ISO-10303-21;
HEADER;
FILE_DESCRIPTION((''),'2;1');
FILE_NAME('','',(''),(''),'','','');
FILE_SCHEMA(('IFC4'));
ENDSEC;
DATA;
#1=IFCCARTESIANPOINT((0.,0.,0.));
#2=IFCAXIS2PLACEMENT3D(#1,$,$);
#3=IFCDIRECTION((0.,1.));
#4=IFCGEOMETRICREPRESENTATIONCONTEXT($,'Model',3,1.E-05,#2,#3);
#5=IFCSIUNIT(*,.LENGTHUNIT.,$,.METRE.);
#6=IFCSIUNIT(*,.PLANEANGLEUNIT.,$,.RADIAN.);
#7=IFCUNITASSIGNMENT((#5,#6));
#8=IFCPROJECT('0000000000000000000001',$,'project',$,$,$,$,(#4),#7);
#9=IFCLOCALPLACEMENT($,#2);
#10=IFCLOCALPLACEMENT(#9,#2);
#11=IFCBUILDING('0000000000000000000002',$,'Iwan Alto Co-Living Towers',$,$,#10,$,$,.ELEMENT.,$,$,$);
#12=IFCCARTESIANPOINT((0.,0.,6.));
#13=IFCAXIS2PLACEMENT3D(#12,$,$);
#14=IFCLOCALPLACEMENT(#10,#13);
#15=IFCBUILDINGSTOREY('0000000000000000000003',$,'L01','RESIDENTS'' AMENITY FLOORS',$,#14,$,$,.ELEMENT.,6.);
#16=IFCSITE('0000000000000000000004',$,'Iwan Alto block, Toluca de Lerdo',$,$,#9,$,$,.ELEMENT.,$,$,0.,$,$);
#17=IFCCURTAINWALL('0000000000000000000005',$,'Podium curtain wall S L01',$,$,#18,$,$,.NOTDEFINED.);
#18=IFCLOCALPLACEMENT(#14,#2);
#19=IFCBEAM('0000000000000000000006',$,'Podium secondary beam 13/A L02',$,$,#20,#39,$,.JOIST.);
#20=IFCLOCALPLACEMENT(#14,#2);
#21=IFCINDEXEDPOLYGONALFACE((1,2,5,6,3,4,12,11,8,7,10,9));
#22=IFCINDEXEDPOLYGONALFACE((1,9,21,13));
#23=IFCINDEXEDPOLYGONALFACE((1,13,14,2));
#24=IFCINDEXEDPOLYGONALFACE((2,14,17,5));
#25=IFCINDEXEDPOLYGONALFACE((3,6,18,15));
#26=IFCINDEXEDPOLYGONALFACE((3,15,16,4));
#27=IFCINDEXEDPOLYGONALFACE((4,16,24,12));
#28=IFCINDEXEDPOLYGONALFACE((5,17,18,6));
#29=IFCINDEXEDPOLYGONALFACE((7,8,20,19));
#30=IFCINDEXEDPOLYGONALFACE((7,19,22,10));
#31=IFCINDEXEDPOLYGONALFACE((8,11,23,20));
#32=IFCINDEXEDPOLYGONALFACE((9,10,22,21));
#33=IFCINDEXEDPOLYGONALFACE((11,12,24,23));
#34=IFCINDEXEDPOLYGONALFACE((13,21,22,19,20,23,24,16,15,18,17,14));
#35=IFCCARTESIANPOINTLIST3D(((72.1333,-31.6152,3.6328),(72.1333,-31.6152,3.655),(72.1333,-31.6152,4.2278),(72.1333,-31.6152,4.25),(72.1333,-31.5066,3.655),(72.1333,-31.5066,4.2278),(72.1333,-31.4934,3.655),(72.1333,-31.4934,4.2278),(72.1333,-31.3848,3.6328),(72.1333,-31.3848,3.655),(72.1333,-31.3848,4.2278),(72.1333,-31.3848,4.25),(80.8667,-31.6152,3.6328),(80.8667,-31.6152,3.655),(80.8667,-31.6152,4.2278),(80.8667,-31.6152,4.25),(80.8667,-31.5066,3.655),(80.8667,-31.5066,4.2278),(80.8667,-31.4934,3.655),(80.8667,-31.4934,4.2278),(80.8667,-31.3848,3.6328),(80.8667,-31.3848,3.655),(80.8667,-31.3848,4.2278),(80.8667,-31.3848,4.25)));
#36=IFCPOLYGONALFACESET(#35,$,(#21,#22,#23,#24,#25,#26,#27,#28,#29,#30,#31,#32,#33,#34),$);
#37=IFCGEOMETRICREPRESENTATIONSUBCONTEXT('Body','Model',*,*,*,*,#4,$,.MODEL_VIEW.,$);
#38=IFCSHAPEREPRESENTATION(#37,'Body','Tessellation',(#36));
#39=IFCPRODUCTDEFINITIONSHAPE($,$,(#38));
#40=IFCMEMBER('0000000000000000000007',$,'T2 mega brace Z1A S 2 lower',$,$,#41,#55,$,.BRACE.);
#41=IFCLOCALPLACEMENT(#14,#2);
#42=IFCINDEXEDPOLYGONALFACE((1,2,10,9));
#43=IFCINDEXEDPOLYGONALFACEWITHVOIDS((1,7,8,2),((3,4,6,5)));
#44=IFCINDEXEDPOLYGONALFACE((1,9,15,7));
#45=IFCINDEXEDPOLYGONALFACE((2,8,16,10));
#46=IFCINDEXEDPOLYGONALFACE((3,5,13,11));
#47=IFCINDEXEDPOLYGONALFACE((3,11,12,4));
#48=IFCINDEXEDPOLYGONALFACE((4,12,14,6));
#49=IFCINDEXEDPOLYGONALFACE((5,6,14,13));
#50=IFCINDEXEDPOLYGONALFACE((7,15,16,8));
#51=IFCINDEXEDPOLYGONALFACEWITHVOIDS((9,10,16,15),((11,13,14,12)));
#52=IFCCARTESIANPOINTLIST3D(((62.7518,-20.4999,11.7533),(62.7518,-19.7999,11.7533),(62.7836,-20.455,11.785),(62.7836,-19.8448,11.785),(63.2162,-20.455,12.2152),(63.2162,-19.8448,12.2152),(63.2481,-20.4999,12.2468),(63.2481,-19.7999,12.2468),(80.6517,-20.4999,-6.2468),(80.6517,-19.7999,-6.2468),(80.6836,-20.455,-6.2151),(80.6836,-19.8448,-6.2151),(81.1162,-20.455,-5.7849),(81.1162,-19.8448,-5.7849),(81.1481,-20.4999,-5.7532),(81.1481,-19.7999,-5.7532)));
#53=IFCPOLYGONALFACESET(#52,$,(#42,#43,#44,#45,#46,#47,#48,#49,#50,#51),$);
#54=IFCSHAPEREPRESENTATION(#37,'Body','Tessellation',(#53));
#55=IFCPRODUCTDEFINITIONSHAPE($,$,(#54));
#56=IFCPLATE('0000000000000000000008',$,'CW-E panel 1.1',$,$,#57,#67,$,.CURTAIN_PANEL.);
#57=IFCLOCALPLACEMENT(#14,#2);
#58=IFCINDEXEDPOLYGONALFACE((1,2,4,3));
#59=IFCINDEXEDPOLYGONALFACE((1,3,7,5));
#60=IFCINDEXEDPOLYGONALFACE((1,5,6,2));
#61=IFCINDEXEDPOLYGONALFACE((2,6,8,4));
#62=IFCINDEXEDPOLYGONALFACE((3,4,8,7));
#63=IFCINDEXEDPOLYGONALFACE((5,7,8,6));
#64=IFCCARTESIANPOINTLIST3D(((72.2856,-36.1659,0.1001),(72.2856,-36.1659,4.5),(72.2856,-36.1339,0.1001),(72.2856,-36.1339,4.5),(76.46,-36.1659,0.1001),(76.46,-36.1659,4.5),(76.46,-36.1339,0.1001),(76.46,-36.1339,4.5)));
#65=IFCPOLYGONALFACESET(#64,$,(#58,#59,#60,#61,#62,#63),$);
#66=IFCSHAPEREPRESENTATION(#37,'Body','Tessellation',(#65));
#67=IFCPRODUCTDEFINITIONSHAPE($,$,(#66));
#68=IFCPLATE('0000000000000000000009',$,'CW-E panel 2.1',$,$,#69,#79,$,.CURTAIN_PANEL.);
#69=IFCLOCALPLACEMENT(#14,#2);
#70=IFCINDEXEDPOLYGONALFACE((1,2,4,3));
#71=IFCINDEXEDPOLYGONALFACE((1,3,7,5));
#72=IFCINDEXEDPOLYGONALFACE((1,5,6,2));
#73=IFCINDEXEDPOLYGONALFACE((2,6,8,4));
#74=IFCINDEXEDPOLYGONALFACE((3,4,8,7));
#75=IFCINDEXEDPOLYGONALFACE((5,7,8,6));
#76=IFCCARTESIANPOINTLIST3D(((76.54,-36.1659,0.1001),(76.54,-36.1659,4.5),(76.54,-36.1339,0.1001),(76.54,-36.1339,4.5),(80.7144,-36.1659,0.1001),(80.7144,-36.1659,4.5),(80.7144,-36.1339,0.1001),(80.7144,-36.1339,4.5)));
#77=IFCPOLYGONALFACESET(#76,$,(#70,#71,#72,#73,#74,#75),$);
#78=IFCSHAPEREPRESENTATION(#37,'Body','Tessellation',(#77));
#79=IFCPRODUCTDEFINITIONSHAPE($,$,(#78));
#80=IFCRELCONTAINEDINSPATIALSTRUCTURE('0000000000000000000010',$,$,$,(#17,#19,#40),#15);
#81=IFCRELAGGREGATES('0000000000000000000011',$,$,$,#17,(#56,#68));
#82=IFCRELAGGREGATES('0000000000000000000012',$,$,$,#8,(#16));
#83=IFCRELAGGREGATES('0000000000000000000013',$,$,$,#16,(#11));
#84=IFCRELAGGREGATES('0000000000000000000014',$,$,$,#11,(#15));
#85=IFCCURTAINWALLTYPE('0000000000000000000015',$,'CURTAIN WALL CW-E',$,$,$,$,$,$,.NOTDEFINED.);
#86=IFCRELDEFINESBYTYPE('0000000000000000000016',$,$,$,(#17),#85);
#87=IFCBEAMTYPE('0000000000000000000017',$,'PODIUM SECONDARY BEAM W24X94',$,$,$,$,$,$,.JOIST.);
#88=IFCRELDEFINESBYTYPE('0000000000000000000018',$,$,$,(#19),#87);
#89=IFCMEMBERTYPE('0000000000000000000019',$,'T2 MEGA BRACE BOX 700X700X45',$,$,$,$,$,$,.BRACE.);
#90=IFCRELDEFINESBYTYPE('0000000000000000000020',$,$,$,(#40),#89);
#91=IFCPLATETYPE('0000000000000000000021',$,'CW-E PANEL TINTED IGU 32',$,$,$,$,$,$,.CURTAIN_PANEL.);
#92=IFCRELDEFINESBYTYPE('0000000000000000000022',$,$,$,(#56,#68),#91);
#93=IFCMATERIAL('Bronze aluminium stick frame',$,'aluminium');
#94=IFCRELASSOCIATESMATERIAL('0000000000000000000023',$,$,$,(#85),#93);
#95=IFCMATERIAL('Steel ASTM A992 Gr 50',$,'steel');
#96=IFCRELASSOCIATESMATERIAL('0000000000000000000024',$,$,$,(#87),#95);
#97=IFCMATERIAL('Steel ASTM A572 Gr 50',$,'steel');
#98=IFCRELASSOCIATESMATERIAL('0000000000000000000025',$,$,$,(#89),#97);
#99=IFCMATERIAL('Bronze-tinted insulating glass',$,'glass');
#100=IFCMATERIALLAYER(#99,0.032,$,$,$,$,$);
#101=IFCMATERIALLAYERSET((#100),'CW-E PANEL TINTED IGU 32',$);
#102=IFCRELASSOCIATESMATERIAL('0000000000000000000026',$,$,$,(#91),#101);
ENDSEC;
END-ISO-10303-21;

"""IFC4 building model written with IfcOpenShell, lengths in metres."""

from ifc_helpers import new_model, si_unit, direction, frame, origin, origin_2d, place, context, subcontext, project, spatial, rectangle, hollow_rectangle, i_section, extrude, material, layer, layer_set, material_profile, profile_set, type_object, element, aggregate, save


model = new_model("IFC4")

# Units and contexts
model_context = context("Model", 3, precision=1e-05, world=origin(), true_north=direction((0.0, 1.0)))
body_context = subcontext(model_context, "Body", "Model", "MODEL_VIEW")
ifc_project = project(units=[si_unit("LENGTHUNIT", "METRE"), si_unit("PLANEANGLEUNIT", "RADIAN")], contexts=[model_context])

# Site, building, storey
site_placement = place(None, origin())
site = spatial("IfcSite", under=ifc_project, at=site_placement, Name="Iwan Alto block, Toluca de Lerdo", CompositionType="ELEMENT", RefElevation=0.0)
building_placement = place(site_placement, origin())
building = spatial("IfcBuilding", under=site, at=building_placement, Name="Iwan Alto Co-Living Towers", CompositionType="ELEMENT")
storey_placement = place(building_placement, frame((0.0, 0.0, 6.0)))
storey = spatial("IfcBuildingStorey", under=building, at=storey_placement, Name="L01", Description="RESIDENTS' AMENITY FLOORS", CompositionType="ELEMENT", Elevation=6.0)

# Curtain wall
ifc_material_1 = material(Name="Bronze aluminium stick frame", Category="aluminium")
curtain_wall_type = type_object("IfcCurtainWallType", Name="CURTAIN WALL CW-E", PredefinedType="NOTDEFINED", material=ifc_material_1)
curtain_wall_placement = place(storey_placement, origin())
curtain_wall = element("IfcCurtainWall", 1, at=curtain_wall_placement, inside=storey, type_object=curtain_wall_type, Name="Podium curtain wall S L01", PredefinedType="NOTDEFINED")

# Beam
ifc_material_2 = material(Name="Steel ASTM A992 Gr 50", Category="steel")
ifc_material_profile_1 = material_profile(ifc_material_2, i_section(OverallWidth=0.2305, OverallDepth=0.6172, WebThickness=0.0132, FlangeThickness=0.0222, at=origin_2d()), Name="W24X94")
ifc_profile_set_1 = profile_set([ifc_material_profile_1], Name="Steel ASTM A992 Gr 50")
beam_type_1 = type_object("IfcBeamType", Name="PODIUM SECONDARY BEAM W24X94", PredefinedType="JOIST", material=ifc_profile_set_1)
beam_placement = place(storey_placement, frame((72.1333, -31.5, 3.9414), z_axis=(1.0, 0.0, 0.0), x_axis=(0.0, 1.0, 0.0)))
element("IfcBeam", 2, at=beam_placement, inside=storey, type_object=beam_type_1, Name="Podium secondary beam 13/A L02", PredefinedType="JOIST", context=body_context, shape_type="SweptSolid", body=[
    extrude(i_section(OverallWidth=0.2305, OverallDepth=0.6172, WebThickness=0.0132, FlangeThickness=0.0222, at=origin_2d()), origin(), (0.0, 0.0, 1.0), 8.7334),
])

# Member
ifc_material_3 = material(Name="Steel ASTM A572 Gr 50", Category="steel")
ifc_material_profile_2 = material_profile(ifc_material_3, hollow_rectangle(XDim=0.7, YDim=0.7, WallThickness=0.0449, at=origin_2d()), Name="BOX 700X700X45")
ifc_profile_set_2 = profile_set([ifc_material_profile_2], Name="Steel ASTM A572 Gr 50")
member_type_1 = type_object("IfcMemberType", Name="T2 MEGA BRACE BOX 700X700X45", PredefinedType="BRACE", material=ifc_profile_set_2)
member_1_placement = place(storey_placement, frame((80.8999, -20.1499, -6.0), z_axis=(-0.705132, 0.0, 0.709076), x_axis=(0.0, -1.0, 0.0)))
element("IfcMember", 3, at=member_1_placement, inside=storey, type_object=member_type_1, Name="T2 mega brace Z1A S 2 lower", PredefinedType="BRACE", context=body_context, shape_type="SweptSolid", body=[
    extrude(hollow_rectangle(XDim=0.7, YDim=0.7, WallThickness=0.0449, at=origin_2d()), origin(), (0.0, 0.0, 1.0), 25.3853),
])

# Plates
ifc_material_4 = material(Name="Bronze-tinted insulating glass", Category="glass")
ifc_layer = layer(ifc_material_4, 0.032)
ifc_layer_set = layer_set([ifc_layer], Name="CW-E PANEL TINTED IGU 32")
plate_type = type_object("IfcPlateType", Name="CW-E PANEL TINTED IGU 32", PredefinedType="CURTAIN_PANEL", material=ifc_layer_set)
plate_1_placement = place(storey_placement, frame((74.3728, -36.1499, 0.1001), z_axis=(0.0, 0.0, 1.0), x_axis=(1.0, 0.0, 0.0)))
plate_1 = element("IfcPlate", 4, at=plate_1_placement, type_object=plate_type, Name="CW-E panel 1.1", PredefinedType="CURTAIN_PANEL", context=body_context, shape_type="SweptSolid", body=[
    extrude(rectangle(XDim=4.1743, YDim=0.032, at=origin_2d()), origin(), (0.0, 0.0, 1.0), 4.3999),
])
plate_2_placement = place(storey_placement, frame((78.6272, -36.1499, 0.1001), z_axis=(0.0, 0.0, 1.0), x_axis=(1.0, 0.0, 0.0)))
plate_2 = element("IfcPlate", 5, at=plate_2_placement, type_object=plate_type, Name="CW-E panel 2.1", PredefinedType="CURTAIN_PANEL", context=body_context, shape_type="SweptSolid", body=[
    extrude(rectangle(XDim=4.1743, YDim=0.032, at=origin_2d()), origin(), (0.0, 0.0, 1.0), 4.3999),
])
aggregate(curtain_wall, [plate_1, plate_2])

save(model, "model.ifc")
